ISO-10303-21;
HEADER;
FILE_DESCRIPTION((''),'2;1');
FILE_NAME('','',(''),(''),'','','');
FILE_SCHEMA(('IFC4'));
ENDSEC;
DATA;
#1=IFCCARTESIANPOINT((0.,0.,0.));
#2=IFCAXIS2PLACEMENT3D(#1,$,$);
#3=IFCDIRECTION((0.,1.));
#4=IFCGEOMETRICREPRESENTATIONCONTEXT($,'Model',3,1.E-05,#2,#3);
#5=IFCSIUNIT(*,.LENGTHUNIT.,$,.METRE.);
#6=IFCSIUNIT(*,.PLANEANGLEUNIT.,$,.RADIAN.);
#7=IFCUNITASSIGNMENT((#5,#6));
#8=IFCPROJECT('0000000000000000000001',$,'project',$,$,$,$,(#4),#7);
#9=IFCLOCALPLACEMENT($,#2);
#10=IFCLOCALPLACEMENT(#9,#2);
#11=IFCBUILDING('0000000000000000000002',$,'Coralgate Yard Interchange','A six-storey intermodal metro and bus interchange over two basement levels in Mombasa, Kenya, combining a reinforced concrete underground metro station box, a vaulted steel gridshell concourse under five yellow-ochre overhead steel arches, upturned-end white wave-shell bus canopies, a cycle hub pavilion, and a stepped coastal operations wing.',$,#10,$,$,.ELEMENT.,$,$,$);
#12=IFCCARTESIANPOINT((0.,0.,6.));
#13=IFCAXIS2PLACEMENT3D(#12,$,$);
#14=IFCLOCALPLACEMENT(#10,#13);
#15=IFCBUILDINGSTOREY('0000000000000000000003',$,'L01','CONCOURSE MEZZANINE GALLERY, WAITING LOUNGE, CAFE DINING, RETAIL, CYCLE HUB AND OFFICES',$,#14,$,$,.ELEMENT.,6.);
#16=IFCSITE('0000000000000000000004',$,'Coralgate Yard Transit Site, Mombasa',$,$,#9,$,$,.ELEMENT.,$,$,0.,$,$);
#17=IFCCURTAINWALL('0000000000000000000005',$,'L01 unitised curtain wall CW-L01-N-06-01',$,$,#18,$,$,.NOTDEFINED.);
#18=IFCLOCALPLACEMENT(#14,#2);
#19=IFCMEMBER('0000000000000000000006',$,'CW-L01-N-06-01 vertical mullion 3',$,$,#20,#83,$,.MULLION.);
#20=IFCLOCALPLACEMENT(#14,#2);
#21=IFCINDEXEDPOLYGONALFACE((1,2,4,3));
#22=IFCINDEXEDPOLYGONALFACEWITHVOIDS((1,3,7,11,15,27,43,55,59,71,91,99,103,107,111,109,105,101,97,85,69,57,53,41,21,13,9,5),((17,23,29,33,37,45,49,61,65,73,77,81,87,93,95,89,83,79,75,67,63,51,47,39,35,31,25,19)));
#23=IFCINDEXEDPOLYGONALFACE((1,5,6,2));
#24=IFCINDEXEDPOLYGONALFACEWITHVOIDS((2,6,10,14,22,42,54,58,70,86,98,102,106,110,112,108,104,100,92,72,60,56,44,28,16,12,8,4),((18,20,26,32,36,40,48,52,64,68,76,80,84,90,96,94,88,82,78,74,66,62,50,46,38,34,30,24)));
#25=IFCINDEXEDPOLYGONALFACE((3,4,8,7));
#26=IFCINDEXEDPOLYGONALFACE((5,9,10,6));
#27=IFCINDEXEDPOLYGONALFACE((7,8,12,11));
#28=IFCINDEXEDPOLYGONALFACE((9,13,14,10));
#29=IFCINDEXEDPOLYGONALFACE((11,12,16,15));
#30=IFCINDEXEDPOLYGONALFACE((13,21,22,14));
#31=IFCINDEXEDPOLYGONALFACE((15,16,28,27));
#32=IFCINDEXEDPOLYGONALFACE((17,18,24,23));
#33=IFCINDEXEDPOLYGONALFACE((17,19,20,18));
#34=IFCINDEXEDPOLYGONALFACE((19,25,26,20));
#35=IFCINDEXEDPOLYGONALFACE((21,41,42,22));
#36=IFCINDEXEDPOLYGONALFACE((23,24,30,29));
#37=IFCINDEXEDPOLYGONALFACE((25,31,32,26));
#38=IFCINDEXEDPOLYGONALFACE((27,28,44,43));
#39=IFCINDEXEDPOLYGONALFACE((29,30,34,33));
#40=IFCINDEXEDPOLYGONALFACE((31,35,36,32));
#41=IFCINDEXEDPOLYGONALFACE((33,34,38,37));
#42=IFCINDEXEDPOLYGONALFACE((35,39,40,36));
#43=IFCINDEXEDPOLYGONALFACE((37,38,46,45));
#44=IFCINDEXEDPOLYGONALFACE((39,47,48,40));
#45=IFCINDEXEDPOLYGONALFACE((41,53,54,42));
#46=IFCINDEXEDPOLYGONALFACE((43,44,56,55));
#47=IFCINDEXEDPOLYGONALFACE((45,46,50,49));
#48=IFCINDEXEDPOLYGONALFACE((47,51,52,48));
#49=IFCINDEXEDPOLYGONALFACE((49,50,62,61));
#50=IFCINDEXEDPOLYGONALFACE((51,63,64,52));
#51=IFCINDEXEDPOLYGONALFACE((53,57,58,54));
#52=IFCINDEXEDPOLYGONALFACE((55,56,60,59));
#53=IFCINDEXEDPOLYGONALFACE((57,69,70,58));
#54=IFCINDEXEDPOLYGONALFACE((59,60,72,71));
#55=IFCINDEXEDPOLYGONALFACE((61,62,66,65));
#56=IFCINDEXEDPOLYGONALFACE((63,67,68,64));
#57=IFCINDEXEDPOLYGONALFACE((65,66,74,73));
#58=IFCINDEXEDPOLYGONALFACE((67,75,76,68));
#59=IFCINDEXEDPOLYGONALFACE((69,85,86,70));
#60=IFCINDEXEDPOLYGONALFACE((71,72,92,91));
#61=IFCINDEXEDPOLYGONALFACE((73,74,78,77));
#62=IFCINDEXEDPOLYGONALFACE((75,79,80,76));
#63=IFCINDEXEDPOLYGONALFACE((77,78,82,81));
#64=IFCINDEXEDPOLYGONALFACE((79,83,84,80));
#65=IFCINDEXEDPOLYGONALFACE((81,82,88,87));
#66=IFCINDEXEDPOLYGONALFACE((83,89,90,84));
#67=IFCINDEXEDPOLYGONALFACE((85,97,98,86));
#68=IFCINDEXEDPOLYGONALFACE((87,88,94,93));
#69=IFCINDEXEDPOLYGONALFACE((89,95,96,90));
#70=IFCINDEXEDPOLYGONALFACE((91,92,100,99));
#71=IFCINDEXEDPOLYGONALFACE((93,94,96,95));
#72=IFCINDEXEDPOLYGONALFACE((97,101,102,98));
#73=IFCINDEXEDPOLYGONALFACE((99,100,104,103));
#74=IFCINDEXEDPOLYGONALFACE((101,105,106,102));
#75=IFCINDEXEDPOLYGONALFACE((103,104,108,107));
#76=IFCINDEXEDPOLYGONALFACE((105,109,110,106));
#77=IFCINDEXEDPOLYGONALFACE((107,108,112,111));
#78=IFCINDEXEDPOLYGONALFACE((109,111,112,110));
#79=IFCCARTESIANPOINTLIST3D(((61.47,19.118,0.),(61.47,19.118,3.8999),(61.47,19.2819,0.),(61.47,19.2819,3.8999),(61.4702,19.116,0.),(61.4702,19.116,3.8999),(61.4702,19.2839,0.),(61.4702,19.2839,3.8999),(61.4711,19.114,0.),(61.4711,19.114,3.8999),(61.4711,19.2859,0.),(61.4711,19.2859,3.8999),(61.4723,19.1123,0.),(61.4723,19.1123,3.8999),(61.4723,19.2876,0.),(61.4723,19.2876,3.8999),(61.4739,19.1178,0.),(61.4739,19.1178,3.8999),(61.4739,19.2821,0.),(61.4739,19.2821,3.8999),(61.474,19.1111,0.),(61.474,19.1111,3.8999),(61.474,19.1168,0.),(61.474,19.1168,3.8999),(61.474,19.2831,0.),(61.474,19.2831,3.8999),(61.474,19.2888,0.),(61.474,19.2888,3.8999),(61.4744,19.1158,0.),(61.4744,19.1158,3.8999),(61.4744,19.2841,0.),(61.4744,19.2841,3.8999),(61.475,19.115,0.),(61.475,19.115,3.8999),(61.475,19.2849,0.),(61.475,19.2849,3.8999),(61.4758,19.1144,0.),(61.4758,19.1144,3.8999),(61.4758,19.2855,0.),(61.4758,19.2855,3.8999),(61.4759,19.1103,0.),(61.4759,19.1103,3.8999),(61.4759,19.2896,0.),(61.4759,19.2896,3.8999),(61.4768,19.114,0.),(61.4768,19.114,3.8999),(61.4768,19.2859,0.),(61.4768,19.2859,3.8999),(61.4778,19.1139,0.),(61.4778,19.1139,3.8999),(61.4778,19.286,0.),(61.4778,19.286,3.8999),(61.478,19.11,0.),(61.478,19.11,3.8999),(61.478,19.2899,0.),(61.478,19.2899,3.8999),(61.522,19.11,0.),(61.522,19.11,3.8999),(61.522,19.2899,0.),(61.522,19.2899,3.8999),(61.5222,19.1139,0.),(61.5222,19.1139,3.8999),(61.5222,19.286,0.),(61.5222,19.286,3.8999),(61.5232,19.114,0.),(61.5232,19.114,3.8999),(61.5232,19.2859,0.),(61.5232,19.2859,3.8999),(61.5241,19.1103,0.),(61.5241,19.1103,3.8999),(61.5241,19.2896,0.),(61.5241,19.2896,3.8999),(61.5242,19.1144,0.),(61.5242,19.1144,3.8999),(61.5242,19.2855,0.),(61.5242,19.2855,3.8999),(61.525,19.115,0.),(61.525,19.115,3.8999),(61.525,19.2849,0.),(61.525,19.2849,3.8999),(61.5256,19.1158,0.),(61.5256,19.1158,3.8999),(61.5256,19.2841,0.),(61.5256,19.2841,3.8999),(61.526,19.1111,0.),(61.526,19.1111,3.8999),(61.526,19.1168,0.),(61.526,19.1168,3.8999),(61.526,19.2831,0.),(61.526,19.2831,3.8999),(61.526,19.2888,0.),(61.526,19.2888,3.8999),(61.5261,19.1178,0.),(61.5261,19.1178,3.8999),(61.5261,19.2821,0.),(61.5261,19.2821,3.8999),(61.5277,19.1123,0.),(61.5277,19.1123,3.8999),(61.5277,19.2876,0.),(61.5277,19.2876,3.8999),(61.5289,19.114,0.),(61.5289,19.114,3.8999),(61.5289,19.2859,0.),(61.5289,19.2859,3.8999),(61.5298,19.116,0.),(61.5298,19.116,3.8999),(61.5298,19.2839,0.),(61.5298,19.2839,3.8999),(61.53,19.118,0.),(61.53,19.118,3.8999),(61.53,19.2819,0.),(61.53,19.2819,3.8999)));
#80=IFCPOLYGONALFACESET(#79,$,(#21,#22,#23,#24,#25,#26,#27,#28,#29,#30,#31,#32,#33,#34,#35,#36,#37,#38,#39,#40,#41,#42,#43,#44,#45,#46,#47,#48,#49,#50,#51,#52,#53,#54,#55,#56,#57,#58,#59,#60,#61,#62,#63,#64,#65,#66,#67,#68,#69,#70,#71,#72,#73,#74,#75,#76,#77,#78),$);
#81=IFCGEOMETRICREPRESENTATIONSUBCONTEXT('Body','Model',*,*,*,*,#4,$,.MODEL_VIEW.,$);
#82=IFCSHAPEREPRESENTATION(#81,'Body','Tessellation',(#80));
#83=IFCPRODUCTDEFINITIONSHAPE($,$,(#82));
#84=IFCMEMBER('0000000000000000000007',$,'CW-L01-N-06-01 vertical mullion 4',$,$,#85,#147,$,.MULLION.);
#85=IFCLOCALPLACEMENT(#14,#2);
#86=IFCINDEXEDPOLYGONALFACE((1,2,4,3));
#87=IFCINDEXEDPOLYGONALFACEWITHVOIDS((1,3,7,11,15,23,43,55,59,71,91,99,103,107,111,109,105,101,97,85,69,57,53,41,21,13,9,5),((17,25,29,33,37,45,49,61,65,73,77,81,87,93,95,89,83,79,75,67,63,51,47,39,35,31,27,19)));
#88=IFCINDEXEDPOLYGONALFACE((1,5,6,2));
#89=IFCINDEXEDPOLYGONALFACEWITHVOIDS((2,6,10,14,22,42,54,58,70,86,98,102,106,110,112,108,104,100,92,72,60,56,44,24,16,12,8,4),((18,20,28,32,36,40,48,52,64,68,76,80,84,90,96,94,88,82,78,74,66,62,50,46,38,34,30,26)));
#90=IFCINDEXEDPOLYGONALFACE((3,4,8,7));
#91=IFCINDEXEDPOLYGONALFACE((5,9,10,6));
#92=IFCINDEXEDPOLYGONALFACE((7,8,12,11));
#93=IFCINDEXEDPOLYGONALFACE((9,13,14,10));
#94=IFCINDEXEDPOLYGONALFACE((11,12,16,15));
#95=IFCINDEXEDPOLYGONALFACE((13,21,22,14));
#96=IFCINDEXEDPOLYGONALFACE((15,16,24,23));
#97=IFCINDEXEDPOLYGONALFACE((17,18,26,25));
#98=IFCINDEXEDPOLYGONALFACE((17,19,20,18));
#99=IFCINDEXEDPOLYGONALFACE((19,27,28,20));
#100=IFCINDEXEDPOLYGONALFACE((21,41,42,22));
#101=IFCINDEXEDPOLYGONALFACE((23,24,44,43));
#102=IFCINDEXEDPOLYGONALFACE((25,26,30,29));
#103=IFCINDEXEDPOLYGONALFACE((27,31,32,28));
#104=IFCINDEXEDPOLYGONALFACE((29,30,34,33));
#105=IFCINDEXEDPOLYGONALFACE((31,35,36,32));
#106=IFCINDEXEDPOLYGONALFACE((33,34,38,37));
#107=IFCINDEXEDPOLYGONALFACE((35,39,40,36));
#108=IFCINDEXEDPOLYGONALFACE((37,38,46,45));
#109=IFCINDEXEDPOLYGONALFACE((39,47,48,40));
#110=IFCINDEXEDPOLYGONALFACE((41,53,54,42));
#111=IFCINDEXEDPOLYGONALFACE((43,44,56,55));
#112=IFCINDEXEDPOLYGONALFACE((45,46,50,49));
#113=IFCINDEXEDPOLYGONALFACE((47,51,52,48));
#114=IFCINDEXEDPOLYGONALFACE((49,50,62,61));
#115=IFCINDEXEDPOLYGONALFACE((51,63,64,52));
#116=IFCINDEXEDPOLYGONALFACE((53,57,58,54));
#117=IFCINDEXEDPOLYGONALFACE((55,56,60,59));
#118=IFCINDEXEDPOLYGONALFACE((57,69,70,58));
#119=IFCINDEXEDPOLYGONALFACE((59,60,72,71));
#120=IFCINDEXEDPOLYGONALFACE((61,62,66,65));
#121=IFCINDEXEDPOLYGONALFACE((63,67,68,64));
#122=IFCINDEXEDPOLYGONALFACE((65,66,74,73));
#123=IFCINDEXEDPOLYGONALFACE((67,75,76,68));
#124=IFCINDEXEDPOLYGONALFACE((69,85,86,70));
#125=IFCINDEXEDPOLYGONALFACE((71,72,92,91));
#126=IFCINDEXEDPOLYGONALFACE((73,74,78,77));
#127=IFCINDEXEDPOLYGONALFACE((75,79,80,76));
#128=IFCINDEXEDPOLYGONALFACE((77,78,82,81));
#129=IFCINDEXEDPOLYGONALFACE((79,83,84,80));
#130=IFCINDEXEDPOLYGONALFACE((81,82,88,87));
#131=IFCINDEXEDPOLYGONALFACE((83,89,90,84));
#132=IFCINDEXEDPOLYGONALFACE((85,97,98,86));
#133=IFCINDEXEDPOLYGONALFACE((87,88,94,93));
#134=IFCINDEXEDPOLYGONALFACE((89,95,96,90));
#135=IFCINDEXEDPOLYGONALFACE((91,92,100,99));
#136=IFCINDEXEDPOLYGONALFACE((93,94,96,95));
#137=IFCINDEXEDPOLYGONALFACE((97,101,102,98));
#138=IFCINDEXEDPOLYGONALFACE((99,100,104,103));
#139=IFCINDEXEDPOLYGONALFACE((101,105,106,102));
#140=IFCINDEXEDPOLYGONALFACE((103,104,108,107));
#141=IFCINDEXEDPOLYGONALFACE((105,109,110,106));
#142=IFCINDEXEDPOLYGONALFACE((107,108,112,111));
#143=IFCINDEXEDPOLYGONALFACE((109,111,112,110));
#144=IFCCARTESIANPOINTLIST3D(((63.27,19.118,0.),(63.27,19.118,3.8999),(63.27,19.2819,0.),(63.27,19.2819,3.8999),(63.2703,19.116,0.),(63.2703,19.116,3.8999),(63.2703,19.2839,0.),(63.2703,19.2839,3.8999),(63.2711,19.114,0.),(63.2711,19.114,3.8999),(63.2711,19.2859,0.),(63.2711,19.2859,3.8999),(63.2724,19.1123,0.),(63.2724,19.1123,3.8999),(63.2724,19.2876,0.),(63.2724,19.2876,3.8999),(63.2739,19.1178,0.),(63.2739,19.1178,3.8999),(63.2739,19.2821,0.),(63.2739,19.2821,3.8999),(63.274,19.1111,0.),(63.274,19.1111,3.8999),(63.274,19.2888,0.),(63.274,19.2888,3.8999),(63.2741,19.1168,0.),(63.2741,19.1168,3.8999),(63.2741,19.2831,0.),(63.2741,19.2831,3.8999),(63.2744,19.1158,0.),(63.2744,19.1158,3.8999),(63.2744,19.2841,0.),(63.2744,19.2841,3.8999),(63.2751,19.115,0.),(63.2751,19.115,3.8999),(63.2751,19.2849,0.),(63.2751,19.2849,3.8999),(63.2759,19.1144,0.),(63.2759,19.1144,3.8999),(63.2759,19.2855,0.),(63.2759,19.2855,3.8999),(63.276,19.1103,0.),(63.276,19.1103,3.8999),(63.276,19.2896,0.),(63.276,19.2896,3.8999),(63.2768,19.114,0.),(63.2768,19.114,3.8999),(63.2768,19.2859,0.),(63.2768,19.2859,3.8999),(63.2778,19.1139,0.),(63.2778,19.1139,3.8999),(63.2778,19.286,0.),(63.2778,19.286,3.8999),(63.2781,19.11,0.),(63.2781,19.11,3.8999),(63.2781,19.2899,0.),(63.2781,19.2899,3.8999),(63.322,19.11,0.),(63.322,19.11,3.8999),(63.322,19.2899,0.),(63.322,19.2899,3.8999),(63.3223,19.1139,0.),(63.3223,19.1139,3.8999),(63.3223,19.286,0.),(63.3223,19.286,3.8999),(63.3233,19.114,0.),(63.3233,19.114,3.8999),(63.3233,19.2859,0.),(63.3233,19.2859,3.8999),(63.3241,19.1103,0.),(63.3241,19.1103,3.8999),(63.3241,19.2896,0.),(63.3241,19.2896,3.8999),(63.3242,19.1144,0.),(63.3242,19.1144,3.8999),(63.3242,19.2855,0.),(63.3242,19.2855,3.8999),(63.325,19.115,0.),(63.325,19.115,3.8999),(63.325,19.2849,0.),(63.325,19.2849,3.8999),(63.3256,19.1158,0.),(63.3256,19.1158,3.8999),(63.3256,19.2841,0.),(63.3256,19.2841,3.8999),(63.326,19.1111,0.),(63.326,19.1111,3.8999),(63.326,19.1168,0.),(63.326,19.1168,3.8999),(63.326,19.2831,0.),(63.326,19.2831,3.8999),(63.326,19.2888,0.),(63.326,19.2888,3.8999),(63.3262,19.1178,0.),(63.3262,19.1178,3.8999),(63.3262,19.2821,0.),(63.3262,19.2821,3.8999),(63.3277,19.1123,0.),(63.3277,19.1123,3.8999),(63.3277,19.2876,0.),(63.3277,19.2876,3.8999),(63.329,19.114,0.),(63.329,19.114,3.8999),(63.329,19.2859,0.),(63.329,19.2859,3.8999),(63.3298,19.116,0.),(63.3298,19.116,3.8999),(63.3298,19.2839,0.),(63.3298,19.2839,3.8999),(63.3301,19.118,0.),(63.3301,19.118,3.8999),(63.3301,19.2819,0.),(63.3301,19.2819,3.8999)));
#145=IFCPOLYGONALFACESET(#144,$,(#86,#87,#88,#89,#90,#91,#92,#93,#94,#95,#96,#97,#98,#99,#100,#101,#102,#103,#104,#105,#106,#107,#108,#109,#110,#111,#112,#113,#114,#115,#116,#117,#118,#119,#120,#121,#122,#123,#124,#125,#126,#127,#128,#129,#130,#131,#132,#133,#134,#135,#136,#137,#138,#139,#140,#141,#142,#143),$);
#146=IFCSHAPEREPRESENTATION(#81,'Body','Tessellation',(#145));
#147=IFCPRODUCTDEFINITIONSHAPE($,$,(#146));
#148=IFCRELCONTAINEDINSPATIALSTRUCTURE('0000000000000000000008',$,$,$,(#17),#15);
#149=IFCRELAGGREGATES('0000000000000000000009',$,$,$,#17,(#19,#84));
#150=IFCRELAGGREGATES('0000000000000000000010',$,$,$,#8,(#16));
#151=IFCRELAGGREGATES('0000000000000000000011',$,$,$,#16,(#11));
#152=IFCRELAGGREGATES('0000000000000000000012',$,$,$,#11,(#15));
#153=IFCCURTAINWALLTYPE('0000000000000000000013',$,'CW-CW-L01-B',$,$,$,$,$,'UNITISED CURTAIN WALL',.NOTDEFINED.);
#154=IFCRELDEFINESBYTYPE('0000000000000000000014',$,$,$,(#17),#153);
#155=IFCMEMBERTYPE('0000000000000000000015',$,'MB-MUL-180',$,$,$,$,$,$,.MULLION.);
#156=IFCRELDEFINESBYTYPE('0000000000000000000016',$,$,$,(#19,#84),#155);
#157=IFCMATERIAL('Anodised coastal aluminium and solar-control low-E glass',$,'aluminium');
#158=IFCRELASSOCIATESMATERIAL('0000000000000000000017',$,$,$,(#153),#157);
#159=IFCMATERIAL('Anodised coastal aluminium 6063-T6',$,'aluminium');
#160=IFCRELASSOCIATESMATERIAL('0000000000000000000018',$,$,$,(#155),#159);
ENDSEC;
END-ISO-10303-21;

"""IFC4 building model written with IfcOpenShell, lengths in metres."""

from ifc_helpers import new_model, si_unit, direction, frame, origin, origin_2d, place, context, subcontext, project, spatial, hollow_rectangle, extrude, material, material_profile, profile_set, type_object, element, aggregate, save


model = new_model("IFC4")

# Units and contexts
model_context = context("Model", 3, precision=1e-05, world=origin(), true_north=direction((0.0, 1.0)))
body_context = subcontext(model_context, "Body", "Model", "MODEL_VIEW")
ifc_project = project(units=[si_unit("LENGTHUNIT", "METRE"), si_unit("PLANEANGLEUNIT", "RADIAN")], contexts=[model_context])

# Site, building, storey
site_placement = place(None, origin())
site = spatial("IfcSite", under=ifc_project, at=site_placement, Name="Coralgate Yard Transit Site, Mombasa", CompositionType="ELEMENT", RefElevation=0.0)
building_placement = place(site_placement, origin())
building = spatial("IfcBuilding", under=site, at=building_placement, Name="Coralgate Yard Interchange", Description="A six-storey intermodal metro and bus interchange over two basement levels in Mombasa, Kenya, combining a reinforced concrete underground metro station box, a vaulted steel gridshell concourse under five yellow-ochre overhead steel arches, upturned-end white wave-shell bus canopies, a cycle hub pavilion, and a stepped coastal operations wing.", CompositionType="ELEMENT")
storey_placement = place(building_placement, frame((0.0, 0.0, 6.0)))
storey = spatial("IfcBuildingStorey", under=building, at=storey_placement, Name="L01", Description="CONCOURSE MEZZANINE GALLERY, WAITING LOUNGE, CAFE DINING, RETAIL, CYCLE HUB AND OFFICES", CompositionType="ELEMENT", Elevation=6.0)

# Curtain wall, members
ifc_material_1 = material(Name="Anodised coastal aluminium and solar-control low-E glass", Category="aluminium")
curtain_wall_type = type_object("IfcCurtainWallType", Name="CW-CW-L01-B", ElementType="UNITISED CURTAIN WALL", PredefinedType="NOTDEFINED", material=ifc_material_1)
curtain_wall_placement = place(storey_placement, origin())
curtain_wall = element("IfcCurtainWall", 1, at=curtain_wall_placement, inside=storey, type_object=curtain_wall_type, Name="L01 unitised curtain wall CW-L01-N-06-01", PredefinedType="NOTDEFINED")
ifc_material_2 = material(Name="Anodised coastal aluminium 6063-T6", Category="aluminium")
ifc_material_profile_1 = material_profile(ifc_material_2, hollow_rectangle(XDim=0.0601, YDim=0.1799, WallThickness=0.0039, InnerFilletRadius=0.0039, OuterFilletRadius=0.0081, at=origin_2d()), Name="ALU 60x180x4")
ifc_profile_set_1 = profile_set([ifc_material_profile_1], Name="Anodised coastal aluminium 6063-T6")
member_type_1 = type_object("IfcMemberType", Name="MB-MUL-180", PredefinedType="MULLION", material=ifc_profile_set_1)
member_1_placement = place(storey_placement, frame((61.5, 19.2, 0.0), z_axis=(0.0, 0.0, 1.0), x_axis=(1.0, 0.0, 0.0)))
member_1 = element("IfcMember", 2, at=member_1_placement, type_object=member_type_1, Name="CW-L01-N-06-01 vertical mullion 3", PredefinedType="MULLION", context=body_context, shape_type="SweptSolid", body=[
    extrude(hollow_rectangle(XDim=0.0601, YDim=0.1799, WallThickness=0.0039, InnerFilletRadius=0.0039, OuterFilletRadius=0.0081, at=origin_2d()), origin(), (0.0, 0.0, 1.0), 3.8999),
])
member_2_placement = place(storey_placement, frame((63.3, 19.2, 0.0), z_axis=(0.0, 0.0, 1.0), x_axis=(1.0, 0.0, 0.0)))
member_2 = element("IfcMember", 3, at=member_2_placement, type_object=member_type_1, Name="CW-L01-N-06-01 vertical mullion 4", PredefinedType="MULLION", context=body_context, shape_type="SweptSolid", body=[
    extrude(hollow_rectangle(XDim=0.0601, YDim=0.1799, WallThickness=0.0039, InnerFilletRadius=0.0039, OuterFilletRadius=0.0081, at=origin_2d()), origin(), (0.0, 0.0, 1.0), 3.8999),
])
aggregate(curtain_wall, [member_1, member_2])

save(model, "model.ifc")
